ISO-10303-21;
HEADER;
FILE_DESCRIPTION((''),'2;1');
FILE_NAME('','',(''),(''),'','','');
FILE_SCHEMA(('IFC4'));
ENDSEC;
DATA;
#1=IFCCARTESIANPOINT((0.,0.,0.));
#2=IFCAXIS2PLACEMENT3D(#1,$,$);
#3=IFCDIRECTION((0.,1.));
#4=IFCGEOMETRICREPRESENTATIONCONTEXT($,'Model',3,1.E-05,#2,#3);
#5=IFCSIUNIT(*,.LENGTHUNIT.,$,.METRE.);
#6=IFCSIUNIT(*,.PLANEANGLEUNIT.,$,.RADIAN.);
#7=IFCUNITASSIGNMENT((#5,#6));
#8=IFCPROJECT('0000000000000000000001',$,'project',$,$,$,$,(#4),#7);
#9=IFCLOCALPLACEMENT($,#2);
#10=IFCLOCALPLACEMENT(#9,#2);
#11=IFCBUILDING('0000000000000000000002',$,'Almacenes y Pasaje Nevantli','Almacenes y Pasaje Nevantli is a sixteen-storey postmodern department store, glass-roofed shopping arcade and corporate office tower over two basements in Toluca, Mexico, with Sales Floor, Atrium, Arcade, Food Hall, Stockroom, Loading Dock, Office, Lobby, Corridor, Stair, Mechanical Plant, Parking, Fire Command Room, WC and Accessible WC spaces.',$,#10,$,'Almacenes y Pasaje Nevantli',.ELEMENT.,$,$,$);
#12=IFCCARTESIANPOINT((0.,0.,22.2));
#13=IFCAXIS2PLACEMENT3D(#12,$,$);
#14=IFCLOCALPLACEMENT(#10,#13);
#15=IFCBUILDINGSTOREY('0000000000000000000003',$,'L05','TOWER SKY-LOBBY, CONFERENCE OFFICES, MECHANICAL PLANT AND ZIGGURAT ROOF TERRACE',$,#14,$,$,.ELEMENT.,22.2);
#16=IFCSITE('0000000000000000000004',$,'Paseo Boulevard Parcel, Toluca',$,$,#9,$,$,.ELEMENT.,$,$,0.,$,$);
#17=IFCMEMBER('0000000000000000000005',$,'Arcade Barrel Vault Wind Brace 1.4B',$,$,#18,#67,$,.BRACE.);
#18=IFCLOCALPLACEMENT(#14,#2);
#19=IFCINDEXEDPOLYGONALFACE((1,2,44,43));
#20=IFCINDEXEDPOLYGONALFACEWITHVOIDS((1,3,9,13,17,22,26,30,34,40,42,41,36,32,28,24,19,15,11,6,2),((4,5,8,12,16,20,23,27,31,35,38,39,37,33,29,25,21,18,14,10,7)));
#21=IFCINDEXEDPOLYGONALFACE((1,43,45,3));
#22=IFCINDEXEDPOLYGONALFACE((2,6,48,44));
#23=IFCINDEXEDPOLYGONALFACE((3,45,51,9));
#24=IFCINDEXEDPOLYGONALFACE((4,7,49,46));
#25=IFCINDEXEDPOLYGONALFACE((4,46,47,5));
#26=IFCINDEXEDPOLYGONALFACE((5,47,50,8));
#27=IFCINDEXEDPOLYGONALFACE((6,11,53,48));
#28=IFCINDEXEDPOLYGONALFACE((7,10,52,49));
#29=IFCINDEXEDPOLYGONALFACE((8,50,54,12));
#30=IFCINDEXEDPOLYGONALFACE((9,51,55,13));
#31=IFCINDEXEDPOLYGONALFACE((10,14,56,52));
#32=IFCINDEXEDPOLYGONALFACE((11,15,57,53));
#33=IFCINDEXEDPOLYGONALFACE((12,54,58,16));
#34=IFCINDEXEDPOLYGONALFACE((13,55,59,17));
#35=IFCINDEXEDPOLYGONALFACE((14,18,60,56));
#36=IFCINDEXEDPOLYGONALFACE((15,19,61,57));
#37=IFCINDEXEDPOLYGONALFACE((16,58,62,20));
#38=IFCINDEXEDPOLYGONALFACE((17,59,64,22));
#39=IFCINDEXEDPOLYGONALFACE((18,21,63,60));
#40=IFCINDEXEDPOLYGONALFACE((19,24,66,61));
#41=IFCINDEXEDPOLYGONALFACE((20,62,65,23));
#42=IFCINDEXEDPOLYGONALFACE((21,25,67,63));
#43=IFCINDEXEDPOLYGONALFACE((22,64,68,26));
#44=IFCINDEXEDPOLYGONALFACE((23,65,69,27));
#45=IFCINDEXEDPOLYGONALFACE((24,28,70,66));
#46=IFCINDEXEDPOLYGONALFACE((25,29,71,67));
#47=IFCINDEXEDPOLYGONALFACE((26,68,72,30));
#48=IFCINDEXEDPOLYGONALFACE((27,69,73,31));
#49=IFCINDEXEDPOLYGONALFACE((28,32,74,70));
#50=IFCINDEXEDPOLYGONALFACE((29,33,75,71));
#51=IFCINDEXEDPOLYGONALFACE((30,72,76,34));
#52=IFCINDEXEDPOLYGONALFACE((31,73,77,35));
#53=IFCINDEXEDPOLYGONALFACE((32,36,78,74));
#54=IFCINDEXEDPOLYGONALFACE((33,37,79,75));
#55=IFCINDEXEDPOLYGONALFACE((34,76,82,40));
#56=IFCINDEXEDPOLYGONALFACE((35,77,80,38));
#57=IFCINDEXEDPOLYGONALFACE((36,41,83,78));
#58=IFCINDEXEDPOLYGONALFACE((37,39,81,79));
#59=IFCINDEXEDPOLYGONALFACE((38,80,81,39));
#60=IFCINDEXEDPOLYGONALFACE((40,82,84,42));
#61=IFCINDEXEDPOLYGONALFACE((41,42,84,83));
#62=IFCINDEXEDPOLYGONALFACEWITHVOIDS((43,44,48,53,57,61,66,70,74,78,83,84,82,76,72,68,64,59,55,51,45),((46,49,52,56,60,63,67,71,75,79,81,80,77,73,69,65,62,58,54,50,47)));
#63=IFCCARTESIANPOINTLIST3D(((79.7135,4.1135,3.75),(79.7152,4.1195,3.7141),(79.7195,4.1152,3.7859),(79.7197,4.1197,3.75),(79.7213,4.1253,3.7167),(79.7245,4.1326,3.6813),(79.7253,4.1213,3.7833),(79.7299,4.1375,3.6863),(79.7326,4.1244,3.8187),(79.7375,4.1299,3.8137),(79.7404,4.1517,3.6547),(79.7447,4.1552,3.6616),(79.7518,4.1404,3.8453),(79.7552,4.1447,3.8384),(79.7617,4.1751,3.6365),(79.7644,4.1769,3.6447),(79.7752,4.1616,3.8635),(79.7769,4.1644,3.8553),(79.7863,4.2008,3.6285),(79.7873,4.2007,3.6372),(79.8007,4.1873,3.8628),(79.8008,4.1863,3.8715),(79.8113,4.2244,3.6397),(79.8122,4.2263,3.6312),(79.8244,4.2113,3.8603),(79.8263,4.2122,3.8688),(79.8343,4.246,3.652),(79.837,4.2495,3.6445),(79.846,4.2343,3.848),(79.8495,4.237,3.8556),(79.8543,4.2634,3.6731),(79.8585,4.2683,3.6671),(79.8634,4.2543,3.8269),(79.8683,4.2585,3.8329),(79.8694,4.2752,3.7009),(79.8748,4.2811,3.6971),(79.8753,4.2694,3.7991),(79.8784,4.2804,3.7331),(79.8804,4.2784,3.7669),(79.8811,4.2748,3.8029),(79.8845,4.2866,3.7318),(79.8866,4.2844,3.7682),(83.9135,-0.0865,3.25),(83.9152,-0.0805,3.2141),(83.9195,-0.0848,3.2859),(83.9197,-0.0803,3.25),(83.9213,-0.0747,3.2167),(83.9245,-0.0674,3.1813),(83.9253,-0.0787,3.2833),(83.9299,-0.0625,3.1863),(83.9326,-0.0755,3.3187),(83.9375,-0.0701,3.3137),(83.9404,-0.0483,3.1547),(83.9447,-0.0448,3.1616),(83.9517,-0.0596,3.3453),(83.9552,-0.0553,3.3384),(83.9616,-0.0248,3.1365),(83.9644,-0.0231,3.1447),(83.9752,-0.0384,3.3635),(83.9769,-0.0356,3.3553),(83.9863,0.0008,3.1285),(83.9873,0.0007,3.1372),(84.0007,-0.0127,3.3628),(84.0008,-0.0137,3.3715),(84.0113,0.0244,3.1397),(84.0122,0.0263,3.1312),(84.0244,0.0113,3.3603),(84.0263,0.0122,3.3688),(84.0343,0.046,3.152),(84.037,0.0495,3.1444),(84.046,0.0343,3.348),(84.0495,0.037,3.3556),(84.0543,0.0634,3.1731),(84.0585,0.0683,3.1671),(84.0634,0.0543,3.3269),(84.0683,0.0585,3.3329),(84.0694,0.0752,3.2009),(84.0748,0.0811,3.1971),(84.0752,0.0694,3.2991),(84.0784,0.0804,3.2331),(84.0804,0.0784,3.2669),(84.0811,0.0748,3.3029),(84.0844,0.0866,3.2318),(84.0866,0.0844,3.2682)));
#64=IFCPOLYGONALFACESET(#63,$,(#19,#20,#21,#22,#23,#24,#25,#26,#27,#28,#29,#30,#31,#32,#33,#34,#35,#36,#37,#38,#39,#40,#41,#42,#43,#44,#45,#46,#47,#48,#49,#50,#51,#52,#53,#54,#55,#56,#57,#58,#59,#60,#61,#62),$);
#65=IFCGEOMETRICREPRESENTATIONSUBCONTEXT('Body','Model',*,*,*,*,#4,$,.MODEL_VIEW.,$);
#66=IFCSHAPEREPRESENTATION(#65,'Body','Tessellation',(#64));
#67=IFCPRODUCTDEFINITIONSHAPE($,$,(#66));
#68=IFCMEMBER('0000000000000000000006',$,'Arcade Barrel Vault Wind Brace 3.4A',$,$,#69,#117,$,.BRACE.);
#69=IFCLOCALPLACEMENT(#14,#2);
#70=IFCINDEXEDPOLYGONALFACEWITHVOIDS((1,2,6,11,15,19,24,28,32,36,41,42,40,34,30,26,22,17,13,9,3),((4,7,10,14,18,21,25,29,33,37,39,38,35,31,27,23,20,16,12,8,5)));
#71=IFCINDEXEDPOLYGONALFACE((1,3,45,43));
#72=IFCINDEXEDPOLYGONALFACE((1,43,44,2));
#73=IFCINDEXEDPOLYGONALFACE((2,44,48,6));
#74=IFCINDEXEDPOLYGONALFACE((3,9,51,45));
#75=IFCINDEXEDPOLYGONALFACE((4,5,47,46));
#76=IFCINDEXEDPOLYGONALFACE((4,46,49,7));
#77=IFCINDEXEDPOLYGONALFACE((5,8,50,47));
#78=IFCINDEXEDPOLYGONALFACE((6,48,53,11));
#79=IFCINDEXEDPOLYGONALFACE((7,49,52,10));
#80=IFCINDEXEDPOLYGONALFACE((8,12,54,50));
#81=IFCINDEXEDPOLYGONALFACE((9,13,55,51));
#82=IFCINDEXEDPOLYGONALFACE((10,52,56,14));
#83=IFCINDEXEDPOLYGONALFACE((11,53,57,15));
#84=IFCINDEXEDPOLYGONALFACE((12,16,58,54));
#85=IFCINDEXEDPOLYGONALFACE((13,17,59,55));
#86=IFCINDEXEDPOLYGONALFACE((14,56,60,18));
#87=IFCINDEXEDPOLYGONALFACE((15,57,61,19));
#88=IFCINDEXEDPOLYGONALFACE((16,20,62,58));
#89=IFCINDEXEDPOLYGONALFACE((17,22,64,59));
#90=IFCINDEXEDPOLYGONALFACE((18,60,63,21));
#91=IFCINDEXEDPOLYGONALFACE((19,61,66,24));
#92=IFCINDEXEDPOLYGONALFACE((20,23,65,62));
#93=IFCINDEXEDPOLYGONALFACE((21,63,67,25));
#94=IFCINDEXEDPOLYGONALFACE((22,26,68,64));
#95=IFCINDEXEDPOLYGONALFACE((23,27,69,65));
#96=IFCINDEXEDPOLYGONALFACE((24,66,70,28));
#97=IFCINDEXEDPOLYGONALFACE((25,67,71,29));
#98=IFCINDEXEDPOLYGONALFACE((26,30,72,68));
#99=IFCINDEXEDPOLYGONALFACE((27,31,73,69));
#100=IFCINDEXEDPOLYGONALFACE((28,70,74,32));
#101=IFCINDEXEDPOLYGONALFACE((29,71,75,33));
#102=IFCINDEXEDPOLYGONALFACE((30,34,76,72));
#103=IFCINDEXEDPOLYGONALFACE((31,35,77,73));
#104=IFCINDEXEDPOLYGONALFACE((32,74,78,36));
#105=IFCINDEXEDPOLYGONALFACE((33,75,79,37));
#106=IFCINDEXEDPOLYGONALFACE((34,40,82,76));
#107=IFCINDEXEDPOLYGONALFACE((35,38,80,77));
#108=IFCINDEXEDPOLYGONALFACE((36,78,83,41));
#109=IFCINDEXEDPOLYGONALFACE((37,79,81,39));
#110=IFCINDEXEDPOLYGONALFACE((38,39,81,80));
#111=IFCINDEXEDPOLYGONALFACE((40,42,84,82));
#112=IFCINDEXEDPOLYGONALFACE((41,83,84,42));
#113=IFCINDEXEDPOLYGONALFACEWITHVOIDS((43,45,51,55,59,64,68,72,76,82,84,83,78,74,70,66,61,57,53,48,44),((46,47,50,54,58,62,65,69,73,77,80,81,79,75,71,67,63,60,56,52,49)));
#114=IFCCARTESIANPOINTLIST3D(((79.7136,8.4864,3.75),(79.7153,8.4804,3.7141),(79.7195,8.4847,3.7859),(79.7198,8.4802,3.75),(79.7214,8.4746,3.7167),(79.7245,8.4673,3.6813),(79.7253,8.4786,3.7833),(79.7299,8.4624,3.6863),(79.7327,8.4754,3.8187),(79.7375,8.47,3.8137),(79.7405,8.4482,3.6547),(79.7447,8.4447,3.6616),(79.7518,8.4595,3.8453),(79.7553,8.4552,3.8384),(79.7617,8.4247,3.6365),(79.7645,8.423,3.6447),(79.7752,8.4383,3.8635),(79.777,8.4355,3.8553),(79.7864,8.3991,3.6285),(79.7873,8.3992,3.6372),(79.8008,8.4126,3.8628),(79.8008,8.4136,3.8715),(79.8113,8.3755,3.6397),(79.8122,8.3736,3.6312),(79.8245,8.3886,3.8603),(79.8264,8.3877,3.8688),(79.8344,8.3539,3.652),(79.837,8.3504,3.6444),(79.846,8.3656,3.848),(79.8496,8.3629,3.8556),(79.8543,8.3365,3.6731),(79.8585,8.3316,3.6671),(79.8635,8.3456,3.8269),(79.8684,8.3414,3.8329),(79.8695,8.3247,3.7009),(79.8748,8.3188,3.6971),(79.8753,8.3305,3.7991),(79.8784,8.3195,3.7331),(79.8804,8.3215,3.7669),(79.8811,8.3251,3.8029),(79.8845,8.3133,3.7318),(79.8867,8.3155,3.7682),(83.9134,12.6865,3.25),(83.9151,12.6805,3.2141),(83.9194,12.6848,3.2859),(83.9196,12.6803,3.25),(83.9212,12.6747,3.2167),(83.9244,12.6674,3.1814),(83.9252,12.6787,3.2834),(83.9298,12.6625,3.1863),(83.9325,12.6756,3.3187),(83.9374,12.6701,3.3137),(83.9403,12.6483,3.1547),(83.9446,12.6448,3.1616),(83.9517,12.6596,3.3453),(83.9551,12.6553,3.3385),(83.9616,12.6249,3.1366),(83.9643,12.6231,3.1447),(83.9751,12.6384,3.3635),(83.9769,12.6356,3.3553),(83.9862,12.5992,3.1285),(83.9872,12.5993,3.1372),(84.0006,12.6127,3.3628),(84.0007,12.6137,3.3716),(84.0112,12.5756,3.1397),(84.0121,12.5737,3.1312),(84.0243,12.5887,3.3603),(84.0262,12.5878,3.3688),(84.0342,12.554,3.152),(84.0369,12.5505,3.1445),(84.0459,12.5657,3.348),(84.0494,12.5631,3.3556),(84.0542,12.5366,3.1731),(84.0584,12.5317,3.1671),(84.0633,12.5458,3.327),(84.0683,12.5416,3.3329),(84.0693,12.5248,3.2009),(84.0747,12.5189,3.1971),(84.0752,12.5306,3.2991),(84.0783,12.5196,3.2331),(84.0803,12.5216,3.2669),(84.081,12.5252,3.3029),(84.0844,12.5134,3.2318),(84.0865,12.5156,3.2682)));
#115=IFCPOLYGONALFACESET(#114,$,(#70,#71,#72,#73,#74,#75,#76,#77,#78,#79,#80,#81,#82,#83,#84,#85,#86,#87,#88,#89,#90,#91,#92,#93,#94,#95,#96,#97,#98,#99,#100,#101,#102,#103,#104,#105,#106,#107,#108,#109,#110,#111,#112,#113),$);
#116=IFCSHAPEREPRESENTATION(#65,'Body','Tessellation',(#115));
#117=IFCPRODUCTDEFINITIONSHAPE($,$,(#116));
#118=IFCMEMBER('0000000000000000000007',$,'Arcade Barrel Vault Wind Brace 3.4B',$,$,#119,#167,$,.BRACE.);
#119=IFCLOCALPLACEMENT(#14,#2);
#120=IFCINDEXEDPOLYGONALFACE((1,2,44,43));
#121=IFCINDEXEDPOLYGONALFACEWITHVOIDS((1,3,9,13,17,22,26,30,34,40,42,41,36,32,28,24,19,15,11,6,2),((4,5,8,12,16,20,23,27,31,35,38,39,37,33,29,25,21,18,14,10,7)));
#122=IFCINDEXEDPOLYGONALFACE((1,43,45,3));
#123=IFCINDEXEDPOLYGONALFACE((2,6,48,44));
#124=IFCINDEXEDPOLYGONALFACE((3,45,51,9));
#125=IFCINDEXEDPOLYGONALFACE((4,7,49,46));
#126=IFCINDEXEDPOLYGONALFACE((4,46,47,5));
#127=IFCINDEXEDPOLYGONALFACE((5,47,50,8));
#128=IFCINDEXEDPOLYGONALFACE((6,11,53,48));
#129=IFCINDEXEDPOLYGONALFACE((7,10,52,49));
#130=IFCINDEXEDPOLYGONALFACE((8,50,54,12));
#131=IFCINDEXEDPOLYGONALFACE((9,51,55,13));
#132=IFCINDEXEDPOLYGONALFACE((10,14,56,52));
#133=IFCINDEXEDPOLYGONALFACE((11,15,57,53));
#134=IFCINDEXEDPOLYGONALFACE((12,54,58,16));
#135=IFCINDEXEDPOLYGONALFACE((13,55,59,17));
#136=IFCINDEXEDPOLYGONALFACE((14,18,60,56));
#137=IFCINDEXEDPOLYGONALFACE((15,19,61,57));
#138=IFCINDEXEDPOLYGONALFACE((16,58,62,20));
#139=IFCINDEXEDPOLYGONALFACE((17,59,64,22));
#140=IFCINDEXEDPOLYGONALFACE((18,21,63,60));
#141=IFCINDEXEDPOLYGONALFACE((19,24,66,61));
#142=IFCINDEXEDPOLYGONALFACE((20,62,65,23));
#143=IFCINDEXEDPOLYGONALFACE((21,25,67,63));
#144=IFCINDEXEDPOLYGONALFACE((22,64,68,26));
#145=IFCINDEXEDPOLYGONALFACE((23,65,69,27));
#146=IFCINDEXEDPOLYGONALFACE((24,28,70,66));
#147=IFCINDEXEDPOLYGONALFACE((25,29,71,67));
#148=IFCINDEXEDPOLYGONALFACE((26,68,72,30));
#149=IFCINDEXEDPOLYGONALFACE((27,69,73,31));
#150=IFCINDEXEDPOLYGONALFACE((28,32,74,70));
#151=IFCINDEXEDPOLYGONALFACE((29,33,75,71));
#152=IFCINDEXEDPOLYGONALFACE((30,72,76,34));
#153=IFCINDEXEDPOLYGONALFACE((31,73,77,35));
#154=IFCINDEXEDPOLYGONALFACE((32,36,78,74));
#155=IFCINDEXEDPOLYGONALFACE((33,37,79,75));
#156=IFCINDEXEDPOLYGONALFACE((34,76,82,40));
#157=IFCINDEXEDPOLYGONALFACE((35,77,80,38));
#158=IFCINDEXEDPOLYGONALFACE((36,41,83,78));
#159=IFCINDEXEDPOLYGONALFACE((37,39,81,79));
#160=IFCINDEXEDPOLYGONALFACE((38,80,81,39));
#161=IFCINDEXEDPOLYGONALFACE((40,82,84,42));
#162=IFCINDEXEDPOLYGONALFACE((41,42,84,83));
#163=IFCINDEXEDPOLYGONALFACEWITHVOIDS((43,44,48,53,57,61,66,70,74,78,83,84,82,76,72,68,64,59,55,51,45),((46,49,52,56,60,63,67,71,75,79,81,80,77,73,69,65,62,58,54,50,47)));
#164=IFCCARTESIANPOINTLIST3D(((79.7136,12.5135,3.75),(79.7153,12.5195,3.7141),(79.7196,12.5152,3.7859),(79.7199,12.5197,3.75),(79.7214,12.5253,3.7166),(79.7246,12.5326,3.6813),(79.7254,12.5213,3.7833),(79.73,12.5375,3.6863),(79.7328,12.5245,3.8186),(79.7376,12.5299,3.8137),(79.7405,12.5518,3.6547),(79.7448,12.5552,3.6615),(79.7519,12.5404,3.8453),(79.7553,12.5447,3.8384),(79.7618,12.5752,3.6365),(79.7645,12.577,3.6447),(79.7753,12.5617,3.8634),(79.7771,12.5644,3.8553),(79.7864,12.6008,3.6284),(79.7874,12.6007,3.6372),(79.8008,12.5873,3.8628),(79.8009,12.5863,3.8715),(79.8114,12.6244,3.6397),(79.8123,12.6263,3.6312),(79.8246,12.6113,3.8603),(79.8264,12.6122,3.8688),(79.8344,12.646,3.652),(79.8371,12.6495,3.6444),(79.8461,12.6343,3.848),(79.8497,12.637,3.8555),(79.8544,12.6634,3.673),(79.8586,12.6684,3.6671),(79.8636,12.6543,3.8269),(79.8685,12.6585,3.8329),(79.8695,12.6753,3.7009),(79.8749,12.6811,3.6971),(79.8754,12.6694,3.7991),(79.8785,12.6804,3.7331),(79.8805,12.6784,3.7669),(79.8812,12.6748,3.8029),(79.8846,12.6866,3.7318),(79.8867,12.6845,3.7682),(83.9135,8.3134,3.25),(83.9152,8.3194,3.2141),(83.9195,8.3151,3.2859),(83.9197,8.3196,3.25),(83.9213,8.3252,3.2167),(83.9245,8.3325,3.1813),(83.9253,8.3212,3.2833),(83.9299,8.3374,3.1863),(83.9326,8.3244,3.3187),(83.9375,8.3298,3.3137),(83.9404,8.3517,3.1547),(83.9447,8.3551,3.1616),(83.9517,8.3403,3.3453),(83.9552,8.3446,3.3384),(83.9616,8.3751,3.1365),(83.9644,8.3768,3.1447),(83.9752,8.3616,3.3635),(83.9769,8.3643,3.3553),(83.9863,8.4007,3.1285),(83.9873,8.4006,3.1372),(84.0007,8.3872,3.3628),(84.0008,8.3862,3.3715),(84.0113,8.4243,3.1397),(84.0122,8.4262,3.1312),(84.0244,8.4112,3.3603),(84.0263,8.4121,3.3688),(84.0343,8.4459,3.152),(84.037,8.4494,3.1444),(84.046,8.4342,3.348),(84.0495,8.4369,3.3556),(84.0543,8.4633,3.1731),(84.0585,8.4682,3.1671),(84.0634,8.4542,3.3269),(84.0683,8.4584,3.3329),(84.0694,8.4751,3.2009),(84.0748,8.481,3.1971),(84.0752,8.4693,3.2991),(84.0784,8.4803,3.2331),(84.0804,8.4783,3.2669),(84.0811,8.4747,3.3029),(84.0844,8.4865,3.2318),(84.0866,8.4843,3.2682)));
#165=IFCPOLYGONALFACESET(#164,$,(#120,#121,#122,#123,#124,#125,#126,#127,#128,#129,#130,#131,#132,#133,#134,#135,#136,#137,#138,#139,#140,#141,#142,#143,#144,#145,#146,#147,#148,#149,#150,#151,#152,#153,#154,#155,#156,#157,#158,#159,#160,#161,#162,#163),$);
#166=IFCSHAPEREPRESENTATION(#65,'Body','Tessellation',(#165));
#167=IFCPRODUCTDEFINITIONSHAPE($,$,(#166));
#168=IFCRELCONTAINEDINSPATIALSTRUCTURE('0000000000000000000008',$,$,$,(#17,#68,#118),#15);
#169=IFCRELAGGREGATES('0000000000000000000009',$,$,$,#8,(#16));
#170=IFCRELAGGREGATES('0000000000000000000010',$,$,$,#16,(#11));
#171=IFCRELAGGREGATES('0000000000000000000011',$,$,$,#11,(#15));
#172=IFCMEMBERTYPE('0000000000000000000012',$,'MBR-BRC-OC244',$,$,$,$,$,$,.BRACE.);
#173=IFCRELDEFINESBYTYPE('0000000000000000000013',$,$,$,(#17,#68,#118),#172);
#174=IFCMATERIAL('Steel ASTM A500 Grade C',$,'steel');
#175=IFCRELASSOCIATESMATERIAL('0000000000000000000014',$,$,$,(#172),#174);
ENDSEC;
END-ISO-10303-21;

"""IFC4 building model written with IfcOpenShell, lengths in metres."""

from ifc_helpers import new_model, si_unit, direction, frame, origin, origin_2d, place, context, subcontext, project, spatial, hollow_circle, extrude, material, material_profile, profile_set, type_object, element, save


model = new_model("IFC4")

# Units and contexts
model_context = context("Model", 3, precision=1e-05, world=origin(), true_north=direction((0.0, 1.0)))
body_context = subcontext(model_context, "Body", "Model", "MODEL_VIEW")
ifc_project = project(units=[si_unit("LENGTHUNIT", "METRE"), si_unit("PLANEANGLEUNIT", "RADIAN")], contexts=[model_context])

# Site, building, storey
site_placement = place(None, origin())
site = spatial("IfcSite", under=ifc_project, at=site_placement, Name="Paseo Boulevard Parcel, Toluca", CompositionType="ELEMENT", RefElevation=0.0)
building_placement = place(site_placement, origin())
building = spatial("IfcBuilding", under=site, at=building_placement, Name="Almacenes y Pasaje Nevantli", Description="Almacenes y Pasaje Nevantli is a sixteen-storey postmodern department store, glass-roofed shopping arcade and corporate office tower over two basements in Toluca, Mexico, with Sales Floor, Atrium, Arcade, Food Hall, Stockroom, Loading Dock, Office, Lobby, Corridor, Stair, Mechanical Plant, Parking, Fire Command Room, WC and Accessible WC spaces.", LongName="Almacenes y Pasaje Nevantli", CompositionType="ELEMENT")
storey_placement = place(building_placement, frame((0.0, 0.0, 22.2)))
storey = spatial("IfcBuildingStorey", under=building, at=storey_placement, Name="L05", Description="TOWER SKY-LOBBY, CONFERENCE OFFICES, MECHANICAL PLANT AND ZIGGURAT ROOF TERRACE", CompositionType="ELEMENT", Elevation=22.2)

# Members
ifc_material_1 = material(Name="Steel ASTM A500 Grade C", Category="steel")
ifc_material_profile_1 = material_profile(ifc_material_1, hollow_circle(Radius=0.1223, WallThickness=0.0088, at=origin_2d()), Name="OC 244x8.9")
ifc_profile_set_1 = profile_set([ifc_material_profile_1], Name="Steel ASTM A500 Grade C")
member_type_1 = type_object("IfcMemberType", Name="MBR-BRC-OC244", PredefinedType="BRACE", material=ifc_profile_set_1)
for number, where, z_axis, x_axis, name in (
    (1, (84.0, 0.0, 3.25), (-0.704615, 0.704615, 0.083884), (-0.707107, -0.707107, 0.0), "Arcade Barrel Vault Wind Brace 1.4B"),
    (2, (79.8, 8.3999, 3.75), (0.704594, 0.704635, -0.083881), (-0.707127, 0.707086, 0.0), "Arcade Barrel Vault Wind Brace 3.4A"),
    (3, (84.0, 8.3999, 3.25), (-0.704594, 0.704635, 0.083881), (-0.707127, -0.707086, 0.0), "Arcade Barrel Vault Wind Brace 3.4B"),
):
    element("IfcMember", number, at=place(storey_placement, frame(where, z_axis=z_axis, x_axis=x_axis)), inside=storey, type_object=member_type_1, Name=name, PredefinedType="BRACE", context=body_context, shape_type="SweptSolid", body=[
        extrude(hollow_circle(Radius=0.1223, WallThickness=0.0088, at=origin_2d()), origin(), (0.0, 0.0, 1.0), 5.9607),
    ])

save(model, "model.ifc")
